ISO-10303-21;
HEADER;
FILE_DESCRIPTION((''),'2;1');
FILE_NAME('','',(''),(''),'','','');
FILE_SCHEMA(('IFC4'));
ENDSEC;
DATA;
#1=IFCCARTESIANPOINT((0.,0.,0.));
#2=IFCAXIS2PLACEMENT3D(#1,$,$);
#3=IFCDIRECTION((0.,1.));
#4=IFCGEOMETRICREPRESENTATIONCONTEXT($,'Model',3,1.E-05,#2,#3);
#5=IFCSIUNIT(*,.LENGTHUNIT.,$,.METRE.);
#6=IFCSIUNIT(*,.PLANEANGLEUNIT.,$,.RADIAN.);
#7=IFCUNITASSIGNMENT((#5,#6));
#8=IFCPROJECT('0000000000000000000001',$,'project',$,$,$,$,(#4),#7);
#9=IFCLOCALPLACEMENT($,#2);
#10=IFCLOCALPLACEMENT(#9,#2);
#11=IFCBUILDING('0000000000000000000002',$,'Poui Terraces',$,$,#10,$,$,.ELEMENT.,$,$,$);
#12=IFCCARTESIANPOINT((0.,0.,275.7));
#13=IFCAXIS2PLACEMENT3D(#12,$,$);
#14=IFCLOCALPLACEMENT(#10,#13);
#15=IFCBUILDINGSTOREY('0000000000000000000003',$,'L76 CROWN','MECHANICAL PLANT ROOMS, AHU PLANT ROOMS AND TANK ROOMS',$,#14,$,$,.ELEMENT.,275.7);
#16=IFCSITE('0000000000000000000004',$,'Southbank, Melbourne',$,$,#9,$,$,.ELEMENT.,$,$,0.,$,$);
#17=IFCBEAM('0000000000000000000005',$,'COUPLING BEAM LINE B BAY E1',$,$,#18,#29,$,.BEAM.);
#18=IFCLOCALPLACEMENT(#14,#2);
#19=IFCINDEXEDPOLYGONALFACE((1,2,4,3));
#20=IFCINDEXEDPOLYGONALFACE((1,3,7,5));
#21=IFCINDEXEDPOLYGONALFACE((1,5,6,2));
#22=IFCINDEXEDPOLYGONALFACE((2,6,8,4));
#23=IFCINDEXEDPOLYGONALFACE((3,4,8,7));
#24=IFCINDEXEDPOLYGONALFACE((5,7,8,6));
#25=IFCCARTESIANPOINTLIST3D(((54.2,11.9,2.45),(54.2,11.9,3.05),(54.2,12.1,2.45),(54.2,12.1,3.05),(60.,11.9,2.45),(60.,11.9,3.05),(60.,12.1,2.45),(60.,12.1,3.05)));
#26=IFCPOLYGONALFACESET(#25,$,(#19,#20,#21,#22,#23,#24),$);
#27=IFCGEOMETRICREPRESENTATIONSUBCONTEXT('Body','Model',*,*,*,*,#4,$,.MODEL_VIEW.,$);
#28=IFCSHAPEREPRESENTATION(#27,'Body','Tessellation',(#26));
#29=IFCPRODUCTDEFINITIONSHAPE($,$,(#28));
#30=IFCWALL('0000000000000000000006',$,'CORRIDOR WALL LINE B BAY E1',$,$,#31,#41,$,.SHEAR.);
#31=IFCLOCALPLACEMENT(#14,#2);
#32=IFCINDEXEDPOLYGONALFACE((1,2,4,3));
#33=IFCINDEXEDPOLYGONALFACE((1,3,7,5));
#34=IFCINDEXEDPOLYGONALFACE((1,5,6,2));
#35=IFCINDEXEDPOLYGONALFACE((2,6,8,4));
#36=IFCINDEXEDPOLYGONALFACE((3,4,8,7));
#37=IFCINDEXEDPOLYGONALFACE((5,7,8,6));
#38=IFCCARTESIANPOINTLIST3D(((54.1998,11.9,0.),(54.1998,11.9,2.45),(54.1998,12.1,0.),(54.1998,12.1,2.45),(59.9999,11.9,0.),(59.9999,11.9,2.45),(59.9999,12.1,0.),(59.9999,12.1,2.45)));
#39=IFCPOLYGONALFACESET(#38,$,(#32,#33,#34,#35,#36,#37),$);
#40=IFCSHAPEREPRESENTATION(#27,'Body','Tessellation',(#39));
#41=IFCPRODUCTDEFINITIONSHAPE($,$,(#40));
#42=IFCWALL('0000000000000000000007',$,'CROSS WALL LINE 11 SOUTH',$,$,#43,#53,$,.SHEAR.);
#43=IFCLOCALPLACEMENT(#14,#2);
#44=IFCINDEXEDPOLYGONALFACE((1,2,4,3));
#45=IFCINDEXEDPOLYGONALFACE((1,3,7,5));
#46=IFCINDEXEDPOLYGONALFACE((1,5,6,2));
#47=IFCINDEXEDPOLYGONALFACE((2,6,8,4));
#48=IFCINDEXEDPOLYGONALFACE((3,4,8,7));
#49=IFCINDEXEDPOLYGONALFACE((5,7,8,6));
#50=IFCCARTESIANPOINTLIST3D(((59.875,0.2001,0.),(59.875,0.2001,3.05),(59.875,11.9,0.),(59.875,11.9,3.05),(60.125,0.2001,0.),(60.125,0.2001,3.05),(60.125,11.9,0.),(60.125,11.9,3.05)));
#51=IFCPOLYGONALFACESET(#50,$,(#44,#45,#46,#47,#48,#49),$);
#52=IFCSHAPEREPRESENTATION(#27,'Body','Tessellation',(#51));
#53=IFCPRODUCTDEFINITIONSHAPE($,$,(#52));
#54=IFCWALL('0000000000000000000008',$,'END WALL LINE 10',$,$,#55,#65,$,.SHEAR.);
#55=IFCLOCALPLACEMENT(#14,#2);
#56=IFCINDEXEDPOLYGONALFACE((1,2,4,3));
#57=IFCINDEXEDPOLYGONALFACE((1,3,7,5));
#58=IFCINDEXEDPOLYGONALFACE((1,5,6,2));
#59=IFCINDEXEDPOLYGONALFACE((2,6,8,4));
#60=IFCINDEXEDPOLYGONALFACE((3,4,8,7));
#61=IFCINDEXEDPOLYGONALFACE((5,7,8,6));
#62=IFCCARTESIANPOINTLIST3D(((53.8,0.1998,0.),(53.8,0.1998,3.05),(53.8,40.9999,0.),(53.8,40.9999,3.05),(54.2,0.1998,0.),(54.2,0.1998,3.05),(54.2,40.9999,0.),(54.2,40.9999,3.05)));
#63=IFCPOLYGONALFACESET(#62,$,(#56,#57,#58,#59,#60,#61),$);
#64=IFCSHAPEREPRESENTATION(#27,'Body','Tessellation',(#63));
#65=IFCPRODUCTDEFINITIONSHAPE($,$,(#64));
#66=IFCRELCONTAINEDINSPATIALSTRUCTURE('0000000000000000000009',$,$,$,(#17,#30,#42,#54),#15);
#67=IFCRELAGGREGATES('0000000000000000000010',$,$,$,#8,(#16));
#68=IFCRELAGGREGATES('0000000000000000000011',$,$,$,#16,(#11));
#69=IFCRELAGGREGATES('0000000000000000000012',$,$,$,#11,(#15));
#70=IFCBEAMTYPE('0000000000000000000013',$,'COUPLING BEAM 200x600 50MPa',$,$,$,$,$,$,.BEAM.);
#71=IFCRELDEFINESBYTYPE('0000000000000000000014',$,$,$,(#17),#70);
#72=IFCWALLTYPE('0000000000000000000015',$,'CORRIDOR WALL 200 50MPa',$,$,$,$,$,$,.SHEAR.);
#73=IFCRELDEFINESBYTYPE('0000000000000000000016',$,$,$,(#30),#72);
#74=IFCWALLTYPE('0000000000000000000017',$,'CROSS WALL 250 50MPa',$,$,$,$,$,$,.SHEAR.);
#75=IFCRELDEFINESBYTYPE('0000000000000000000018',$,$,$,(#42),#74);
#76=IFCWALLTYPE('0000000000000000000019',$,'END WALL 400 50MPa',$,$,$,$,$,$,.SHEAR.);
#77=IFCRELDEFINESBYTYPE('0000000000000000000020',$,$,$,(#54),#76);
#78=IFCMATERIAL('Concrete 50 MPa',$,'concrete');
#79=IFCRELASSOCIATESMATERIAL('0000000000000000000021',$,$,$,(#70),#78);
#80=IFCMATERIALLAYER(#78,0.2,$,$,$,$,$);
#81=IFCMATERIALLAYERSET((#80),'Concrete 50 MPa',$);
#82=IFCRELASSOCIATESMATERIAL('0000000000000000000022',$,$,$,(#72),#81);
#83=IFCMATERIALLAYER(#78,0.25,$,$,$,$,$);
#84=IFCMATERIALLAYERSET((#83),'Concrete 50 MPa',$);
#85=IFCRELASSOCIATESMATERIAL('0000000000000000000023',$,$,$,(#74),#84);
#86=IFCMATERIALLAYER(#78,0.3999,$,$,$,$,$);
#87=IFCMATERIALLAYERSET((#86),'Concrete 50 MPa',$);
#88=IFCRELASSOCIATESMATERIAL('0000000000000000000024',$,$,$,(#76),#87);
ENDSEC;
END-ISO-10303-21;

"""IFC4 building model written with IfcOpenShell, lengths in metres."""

from ifc_helpers import new_model, si_unit, direction, frame, frame_2d, origin, origin_2d, place, context, subcontext, project, spatial, rectangle, extrude, source, transform, mapped, material, layer, layer_set, material_profile, profile_set, type_object, element, save


model = new_model("IFC4")

# Units and contexts
model_context = context("Model", 3, precision=1e-05, world=origin(), true_north=direction((0.0, 1.0)))
body_context = subcontext(model_context, "Body", "Model", "MODEL_VIEW")
ifc_project = project(units=[si_unit("LENGTHUNIT", "METRE"), si_unit("PLANEANGLEUNIT", "RADIAN")], contexts=[model_context])

# Site, building, storey
site_placement = place(None, origin())
site = spatial("IfcSite", under=ifc_project, at=site_placement, Name="Southbank, Melbourne", CompositionType="ELEMENT", RefElevation=0.0)
building_placement = place(site_placement, origin())
building = spatial("IfcBuilding", under=site, at=building_placement, Name="Poui Terraces", CompositionType="ELEMENT")
storey_placement = place(building_placement, frame((0.0, 0.0, 275.7)))
storey = spatial("IfcBuildingStorey", under=building, at=storey_placement, Name="L76 CROWN", Description="MECHANICAL PLANT ROOMS, AHU PLANT ROOMS AND TANK ROOMS", CompositionType="ELEMENT", Elevation=275.7)

# Beam
ifc_material_1 = material(Name="Concrete 50 MPa", Category="concrete")
ifc_material_profile_1 = material_profile(ifc_material_1, rectangle(XDim=0.2, YDim=0.6001, at=origin_2d()), Name="RC 200x600")
ifc_profile_set_1 = profile_set([ifc_material_profile_1], Name="Concrete 50 MPa")
beam_type = type_object("IfcBeamType", Name="COUPLING BEAM 200x600 50MPa", PredefinedType="BEAM", material=ifc_profile_set_1)
shared_shape_1 = source(origin(), body_context, "Body", "SweptSolid", [
    extrude(rectangle(XDim=0.2, YDim=0.6001, at=origin_2d()), origin(), (0.0, 0.0, 1.0), 5.8),
])
beam_placement = place(storey_placement, frame((54.2, 12.0, 2.75), z_axis=(1.0, 0.0, 0.0), x_axis=(0.0, 1.0, 0.0)))
element("IfcBeam", 1, at=beam_placement, inside=storey, type_object=beam_type, Name="COUPLING BEAM LINE B BAY E1", PredefinedType="BEAM", context=body_context, shape_type="MappedRepresentation", body=[
    mapped(shared_shape_1, transform((0.0, 0.0, 0.0))),
])

# Walls
ifc_layer_1 = layer(ifc_material_1, 0.2)
ifc_layer_set_1 = layer_set([ifc_layer_1], Name="Concrete 50 MPa")
wall_type_1 = type_object("IfcWallType", Name="CORRIDOR WALL 200 50MPa", PredefinedType="SHEAR", material=ifc_layer_set_1)
wall_1_placement = place(storey_placement, frame((54.2, 12.0, 0.0), z_axis=(0.0, 0.0, 1.0), x_axis=(1.0, 0.0, 0.0)))
element("IfcWall", 2, at=wall_1_placement, inside=storey, type_object=wall_type_1, Name="CORRIDOR WALL LINE B BAY E1", PredefinedType="SHEAR", context=body_context, shape_type="SweptSolid", body=[
    extrude(rectangle(XDim=5.8, YDim=0.2, at=frame_2d((2.8999, 0.0))), origin(), (0.0, 0.0, 1.0), 2.45),
])
ifc_layer_2 = layer(ifc_material_1, 0.25)
ifc_layer_set_2 = layer_set([ifc_layer_2], Name="Concrete 50 MPa")
wall_type_2 = type_object("IfcWallType", Name="CROSS WALL 250 50MPa", PredefinedType="SHEAR", material=ifc_layer_set_2)
wall_2_placement = place(storey_placement, frame((60.0, 0.2, 0.0), z_axis=(0.0, 0.0, 1.0), x_axis=(0.0, 1.0, 0.0)))
element("IfcWall", 3, at=wall_2_placement, inside=storey, type_object=wall_type_2, Name="CROSS WALL LINE 11 SOUTH", PredefinedType="SHEAR", context=body_context, shape_type="SweptSolid", body=[
    extrude(rectangle(XDim=11.7, YDim=0.25, at=frame_2d((5.8501, 0.0))), origin(), (0.0, 0.0, 1.0), 3.05),
])
ifc_layer_3 = layer(ifc_material_1, 0.3999)
ifc_layer_set_3 = layer_set([ifc_layer_3], Name="Concrete 50 MPa")
wall_type_3 = type_object("IfcWallType", Name="END WALL 400 50MPa", PredefinedType="SHEAR", material=ifc_layer_set_3)
wall_3_placement = place(storey_placement, frame((54.0, 0.2, 0.0), z_axis=(0.0, 0.0, 1.0), x_axis=(0.0, 1.0, 0.0)))
element("IfcWall", 4, at=wall_3_placement, inside=storey, type_object=wall_type_3, Name="END WALL LINE 10", PredefinedType="SHEAR", context=body_context, shape_type="SweptSolid", body=[
    extrude(rectangle(XDim=40.8, YDim=0.3999, at=frame_2d((20.3999, 0.0))), origin(), (0.0, 0.0, 1.0), 3.05),
])

save(model, "model.ifc")
